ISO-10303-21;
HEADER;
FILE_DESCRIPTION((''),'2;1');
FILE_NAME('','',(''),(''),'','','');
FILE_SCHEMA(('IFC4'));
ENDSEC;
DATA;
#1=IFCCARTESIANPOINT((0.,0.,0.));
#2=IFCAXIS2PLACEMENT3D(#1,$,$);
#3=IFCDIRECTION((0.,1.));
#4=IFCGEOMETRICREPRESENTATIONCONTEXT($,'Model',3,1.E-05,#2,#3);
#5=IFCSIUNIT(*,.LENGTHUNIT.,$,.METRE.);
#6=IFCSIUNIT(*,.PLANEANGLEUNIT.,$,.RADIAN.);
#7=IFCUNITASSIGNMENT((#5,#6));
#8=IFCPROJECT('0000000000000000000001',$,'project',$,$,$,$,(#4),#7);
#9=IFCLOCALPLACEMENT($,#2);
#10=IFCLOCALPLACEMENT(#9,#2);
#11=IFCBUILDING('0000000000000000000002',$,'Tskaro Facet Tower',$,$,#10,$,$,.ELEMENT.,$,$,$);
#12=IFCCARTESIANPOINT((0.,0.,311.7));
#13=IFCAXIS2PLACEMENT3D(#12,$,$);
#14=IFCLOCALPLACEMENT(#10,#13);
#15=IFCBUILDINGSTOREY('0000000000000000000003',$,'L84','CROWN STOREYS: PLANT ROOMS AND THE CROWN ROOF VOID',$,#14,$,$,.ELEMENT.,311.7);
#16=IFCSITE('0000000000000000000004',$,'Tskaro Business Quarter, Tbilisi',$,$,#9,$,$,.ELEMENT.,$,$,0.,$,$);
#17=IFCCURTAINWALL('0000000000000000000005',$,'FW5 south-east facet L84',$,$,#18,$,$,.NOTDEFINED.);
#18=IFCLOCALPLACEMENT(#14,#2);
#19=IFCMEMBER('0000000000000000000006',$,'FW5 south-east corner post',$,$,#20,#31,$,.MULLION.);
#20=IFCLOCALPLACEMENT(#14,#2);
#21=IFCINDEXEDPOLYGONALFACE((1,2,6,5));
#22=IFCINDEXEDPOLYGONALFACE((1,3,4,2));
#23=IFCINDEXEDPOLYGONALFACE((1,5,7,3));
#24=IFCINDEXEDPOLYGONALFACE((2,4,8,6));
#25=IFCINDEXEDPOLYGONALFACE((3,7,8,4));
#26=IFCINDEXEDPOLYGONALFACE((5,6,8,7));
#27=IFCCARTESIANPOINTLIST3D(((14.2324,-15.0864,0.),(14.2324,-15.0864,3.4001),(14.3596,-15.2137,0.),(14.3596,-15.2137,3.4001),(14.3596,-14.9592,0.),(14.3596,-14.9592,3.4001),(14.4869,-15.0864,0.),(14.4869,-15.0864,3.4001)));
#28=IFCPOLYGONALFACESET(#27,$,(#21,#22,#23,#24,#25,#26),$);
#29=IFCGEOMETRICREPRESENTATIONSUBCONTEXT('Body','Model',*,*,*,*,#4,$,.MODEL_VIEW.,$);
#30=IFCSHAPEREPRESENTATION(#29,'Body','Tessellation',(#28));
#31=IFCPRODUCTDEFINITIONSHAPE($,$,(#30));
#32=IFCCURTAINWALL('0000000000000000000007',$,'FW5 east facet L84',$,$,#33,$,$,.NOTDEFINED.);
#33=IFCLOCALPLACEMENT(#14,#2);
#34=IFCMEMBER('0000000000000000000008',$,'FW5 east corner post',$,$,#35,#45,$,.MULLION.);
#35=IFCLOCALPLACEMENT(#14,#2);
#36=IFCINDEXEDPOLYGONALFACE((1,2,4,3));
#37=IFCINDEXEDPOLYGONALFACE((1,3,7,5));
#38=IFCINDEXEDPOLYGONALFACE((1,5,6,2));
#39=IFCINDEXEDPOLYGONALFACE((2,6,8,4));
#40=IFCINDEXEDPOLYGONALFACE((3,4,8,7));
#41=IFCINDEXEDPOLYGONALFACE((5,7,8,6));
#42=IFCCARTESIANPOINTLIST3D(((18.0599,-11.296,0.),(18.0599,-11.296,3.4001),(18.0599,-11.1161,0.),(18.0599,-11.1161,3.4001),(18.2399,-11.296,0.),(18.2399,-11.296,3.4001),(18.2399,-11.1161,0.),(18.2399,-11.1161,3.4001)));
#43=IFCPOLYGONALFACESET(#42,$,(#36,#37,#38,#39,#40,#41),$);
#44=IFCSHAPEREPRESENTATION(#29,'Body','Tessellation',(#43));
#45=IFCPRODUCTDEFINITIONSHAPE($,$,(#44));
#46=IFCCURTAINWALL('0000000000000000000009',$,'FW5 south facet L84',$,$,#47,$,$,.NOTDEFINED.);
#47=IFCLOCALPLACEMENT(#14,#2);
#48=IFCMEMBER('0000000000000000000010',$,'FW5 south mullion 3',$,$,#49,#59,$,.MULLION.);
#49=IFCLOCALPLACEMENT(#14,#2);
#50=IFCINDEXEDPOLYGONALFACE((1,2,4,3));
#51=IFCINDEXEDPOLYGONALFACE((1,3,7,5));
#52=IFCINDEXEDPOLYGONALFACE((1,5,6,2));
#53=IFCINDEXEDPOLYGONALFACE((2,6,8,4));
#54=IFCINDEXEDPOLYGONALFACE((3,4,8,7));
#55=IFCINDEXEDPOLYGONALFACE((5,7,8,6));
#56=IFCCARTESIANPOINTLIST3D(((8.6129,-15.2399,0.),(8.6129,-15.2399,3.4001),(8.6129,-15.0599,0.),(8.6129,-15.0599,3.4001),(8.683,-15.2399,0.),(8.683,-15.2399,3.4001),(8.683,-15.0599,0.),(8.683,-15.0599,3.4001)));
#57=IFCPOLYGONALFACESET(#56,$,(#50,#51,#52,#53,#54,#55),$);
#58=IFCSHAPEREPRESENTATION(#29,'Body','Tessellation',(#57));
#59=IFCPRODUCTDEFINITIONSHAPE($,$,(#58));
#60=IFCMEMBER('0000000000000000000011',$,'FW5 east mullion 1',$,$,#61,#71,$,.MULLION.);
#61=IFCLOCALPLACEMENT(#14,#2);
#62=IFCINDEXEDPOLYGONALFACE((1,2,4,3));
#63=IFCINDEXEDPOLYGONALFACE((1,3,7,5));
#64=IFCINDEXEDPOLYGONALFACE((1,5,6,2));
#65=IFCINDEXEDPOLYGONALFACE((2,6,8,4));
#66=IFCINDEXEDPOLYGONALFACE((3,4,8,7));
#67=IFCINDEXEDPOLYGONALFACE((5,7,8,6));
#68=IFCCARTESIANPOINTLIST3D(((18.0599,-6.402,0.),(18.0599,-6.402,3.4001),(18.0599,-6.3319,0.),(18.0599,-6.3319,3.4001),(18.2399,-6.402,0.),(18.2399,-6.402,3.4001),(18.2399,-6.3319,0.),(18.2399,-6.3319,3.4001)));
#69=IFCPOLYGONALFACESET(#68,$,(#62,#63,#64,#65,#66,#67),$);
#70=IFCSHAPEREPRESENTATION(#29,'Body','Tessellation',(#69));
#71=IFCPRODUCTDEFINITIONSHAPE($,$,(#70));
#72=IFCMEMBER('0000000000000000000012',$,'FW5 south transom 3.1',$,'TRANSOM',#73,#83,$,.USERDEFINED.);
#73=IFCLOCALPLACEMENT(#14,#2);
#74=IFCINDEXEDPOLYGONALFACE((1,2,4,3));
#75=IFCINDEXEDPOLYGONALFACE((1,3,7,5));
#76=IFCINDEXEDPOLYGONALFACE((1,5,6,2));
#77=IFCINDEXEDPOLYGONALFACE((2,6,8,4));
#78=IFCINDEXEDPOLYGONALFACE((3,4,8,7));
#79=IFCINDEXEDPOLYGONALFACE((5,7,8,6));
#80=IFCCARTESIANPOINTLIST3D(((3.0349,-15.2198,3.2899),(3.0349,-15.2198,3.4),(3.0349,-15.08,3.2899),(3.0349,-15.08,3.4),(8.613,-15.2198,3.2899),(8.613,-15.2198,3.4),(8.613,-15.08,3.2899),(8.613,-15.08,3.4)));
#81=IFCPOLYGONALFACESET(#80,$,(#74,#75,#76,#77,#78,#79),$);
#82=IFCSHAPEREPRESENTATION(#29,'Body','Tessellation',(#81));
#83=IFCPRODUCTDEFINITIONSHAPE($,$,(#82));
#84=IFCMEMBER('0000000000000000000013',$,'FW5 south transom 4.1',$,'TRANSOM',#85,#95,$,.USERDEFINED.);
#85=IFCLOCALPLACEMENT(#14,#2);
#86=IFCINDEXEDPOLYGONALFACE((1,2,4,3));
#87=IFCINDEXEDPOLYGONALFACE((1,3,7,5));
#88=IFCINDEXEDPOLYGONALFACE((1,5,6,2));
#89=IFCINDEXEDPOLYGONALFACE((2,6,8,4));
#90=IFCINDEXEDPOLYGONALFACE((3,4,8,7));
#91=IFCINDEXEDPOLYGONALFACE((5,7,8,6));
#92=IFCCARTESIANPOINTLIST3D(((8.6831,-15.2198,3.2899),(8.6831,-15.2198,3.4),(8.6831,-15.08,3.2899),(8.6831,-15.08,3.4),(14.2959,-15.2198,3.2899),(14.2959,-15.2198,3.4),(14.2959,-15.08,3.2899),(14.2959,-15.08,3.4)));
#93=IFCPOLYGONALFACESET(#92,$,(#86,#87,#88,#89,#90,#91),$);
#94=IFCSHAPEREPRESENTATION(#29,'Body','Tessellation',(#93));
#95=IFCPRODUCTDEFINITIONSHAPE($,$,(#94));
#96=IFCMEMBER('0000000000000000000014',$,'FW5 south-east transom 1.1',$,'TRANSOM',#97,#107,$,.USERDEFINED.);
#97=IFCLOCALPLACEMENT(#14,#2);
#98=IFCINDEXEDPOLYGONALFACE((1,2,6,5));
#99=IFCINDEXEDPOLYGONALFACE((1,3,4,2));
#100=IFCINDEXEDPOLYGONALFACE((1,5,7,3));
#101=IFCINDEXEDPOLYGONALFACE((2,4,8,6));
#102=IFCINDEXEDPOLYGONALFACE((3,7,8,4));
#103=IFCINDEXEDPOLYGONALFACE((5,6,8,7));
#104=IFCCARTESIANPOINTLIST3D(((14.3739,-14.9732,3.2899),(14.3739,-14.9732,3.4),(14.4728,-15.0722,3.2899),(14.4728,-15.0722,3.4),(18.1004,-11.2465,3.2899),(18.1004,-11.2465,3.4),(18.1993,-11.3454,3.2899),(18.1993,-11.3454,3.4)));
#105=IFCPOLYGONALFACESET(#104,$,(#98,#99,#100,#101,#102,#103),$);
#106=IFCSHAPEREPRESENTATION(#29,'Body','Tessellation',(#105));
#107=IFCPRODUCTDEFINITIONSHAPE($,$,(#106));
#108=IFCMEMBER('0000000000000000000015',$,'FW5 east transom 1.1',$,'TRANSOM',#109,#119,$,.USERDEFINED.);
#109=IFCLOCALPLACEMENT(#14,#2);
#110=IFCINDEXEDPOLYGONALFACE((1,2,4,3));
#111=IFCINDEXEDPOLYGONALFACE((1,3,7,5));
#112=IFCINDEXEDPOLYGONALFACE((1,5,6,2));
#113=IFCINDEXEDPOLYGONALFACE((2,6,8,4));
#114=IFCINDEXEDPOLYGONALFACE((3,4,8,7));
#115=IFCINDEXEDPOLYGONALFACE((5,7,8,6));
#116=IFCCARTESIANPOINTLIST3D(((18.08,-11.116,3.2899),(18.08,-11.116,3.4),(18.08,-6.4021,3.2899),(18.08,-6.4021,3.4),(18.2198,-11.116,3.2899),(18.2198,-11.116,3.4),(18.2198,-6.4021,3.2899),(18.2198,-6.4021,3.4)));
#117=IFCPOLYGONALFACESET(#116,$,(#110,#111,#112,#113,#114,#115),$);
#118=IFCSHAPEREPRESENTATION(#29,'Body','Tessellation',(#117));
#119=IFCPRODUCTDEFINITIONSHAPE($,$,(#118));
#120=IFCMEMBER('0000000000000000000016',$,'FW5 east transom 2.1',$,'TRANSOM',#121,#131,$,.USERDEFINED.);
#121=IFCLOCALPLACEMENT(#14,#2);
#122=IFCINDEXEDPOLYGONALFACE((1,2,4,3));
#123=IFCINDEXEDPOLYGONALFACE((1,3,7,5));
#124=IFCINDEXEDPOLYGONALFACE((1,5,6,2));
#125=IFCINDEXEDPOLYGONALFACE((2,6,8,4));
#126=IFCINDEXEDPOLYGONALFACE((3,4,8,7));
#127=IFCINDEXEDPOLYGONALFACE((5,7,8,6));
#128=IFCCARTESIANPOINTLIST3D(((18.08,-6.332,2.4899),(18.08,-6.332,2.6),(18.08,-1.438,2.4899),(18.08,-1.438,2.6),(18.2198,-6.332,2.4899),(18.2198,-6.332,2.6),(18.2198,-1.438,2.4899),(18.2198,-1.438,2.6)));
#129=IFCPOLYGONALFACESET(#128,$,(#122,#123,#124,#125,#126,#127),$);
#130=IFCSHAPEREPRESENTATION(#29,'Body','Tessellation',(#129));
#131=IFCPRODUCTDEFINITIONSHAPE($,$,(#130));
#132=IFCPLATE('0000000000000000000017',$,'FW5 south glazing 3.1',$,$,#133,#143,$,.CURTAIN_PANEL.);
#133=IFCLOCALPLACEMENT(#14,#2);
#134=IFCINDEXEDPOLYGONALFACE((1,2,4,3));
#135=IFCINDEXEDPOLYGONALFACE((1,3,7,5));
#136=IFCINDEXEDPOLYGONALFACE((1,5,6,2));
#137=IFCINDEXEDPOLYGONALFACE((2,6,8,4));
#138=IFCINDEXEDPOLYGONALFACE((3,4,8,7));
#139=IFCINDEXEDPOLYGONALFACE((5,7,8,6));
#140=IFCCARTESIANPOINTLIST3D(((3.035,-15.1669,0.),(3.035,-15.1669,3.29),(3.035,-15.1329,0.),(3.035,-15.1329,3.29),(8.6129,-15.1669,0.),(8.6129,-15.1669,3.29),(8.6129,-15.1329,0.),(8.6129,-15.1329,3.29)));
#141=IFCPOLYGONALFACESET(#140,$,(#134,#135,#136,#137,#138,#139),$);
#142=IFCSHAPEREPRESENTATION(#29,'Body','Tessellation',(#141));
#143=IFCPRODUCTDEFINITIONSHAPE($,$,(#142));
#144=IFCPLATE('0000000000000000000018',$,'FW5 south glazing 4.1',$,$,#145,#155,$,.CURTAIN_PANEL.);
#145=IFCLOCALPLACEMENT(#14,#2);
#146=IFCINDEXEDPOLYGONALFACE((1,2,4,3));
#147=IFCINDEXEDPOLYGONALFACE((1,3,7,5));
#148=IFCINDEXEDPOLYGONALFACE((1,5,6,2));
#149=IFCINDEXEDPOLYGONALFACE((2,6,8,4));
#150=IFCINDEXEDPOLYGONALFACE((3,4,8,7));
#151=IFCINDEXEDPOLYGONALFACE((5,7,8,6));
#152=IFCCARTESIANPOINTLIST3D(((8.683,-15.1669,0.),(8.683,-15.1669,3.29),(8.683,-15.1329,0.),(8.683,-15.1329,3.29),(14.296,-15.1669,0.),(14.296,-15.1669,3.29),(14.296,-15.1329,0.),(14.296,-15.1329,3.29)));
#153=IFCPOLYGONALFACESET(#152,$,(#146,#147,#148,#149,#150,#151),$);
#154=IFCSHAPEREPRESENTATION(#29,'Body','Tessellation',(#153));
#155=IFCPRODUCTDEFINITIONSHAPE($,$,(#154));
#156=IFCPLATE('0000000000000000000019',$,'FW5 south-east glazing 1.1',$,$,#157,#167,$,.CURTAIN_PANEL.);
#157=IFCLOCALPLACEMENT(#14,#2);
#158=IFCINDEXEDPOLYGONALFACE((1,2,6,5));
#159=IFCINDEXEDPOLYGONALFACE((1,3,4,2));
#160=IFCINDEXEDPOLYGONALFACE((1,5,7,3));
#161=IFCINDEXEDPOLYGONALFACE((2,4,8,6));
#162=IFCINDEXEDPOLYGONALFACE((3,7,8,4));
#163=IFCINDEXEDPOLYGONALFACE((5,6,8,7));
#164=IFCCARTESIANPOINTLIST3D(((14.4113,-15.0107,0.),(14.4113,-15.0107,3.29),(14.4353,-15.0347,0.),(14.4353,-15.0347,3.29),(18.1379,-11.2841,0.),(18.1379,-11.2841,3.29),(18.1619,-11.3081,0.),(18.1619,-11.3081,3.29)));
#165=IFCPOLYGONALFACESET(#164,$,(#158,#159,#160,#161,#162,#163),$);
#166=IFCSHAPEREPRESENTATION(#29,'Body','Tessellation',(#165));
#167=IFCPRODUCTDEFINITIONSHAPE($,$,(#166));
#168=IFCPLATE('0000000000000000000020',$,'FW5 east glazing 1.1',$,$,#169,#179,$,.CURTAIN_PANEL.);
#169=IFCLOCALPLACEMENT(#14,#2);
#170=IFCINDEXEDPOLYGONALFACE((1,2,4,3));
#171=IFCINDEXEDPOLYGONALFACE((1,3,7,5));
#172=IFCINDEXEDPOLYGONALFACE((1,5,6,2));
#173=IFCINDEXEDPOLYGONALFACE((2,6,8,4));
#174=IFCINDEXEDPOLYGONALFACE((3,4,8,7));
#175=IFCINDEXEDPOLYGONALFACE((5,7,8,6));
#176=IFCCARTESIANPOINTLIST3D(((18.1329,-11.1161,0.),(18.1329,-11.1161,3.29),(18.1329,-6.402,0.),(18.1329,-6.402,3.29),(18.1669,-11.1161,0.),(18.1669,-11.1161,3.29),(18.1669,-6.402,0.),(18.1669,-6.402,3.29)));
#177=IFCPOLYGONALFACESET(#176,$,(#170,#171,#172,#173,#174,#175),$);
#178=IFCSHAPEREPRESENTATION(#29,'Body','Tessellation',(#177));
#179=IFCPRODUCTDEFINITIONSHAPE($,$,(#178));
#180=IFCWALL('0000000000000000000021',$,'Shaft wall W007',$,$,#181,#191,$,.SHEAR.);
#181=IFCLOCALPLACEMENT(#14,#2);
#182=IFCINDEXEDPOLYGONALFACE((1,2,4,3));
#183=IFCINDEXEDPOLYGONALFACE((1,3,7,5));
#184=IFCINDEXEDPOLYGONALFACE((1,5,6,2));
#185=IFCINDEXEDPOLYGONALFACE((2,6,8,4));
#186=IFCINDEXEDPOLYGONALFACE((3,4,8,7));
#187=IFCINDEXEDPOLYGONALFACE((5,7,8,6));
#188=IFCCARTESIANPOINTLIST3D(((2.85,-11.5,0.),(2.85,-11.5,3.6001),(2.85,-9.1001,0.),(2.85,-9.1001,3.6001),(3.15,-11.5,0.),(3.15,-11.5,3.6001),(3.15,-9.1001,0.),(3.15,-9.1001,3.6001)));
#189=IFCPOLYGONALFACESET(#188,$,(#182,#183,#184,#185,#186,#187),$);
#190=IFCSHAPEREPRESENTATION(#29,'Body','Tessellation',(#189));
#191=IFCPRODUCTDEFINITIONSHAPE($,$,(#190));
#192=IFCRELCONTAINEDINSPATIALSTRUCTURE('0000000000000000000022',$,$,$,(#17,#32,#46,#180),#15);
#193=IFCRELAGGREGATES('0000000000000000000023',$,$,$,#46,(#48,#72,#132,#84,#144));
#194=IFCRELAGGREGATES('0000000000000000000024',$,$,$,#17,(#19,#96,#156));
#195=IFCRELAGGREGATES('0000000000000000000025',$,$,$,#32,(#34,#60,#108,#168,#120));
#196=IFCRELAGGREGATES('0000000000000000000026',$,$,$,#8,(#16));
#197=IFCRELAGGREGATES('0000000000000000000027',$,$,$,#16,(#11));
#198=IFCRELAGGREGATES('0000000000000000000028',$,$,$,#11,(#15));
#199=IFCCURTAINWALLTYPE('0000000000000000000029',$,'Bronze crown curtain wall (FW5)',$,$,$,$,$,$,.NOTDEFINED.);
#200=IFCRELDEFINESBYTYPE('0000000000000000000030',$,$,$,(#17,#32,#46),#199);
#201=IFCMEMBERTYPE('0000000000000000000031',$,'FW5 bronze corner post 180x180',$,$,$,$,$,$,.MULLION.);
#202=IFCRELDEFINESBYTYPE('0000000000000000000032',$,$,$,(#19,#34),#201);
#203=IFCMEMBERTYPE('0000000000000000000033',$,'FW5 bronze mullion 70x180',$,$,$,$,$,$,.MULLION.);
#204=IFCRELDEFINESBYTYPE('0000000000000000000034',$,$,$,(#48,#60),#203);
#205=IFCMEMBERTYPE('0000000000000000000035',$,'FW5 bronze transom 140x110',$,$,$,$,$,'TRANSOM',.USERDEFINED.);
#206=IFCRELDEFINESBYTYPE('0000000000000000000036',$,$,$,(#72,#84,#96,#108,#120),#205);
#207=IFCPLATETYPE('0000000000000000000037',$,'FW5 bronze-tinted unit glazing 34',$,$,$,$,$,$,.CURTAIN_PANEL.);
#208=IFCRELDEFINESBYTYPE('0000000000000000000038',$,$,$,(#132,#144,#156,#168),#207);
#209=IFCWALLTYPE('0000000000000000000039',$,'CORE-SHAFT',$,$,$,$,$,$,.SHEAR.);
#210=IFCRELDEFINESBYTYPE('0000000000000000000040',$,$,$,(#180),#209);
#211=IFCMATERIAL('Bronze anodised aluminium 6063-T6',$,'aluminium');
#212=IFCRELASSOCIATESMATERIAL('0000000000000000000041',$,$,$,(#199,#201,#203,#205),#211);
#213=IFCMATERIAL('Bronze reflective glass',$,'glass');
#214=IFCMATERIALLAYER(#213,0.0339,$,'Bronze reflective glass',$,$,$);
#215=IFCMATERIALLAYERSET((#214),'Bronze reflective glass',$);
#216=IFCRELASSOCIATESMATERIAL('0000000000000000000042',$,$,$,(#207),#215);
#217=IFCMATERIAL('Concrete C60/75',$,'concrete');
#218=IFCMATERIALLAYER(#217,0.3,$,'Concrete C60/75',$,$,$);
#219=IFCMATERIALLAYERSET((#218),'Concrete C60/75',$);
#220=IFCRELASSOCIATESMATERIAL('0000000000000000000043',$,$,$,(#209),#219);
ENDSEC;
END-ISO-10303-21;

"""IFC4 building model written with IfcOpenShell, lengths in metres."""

from ifc_helpers import new_model, si_unit, direction, frame, frame_2d, origin, origin_2d, place, context, subcontext, project, spatial, rectangle, extrude, material, layer, layer_set, material_profile, profile_set, type_object, element, aggregate, save


model = new_model("IFC4")

# Units and contexts
model_context = context("Model", 3, precision=1e-05, world=origin(), true_north=direction((0.0, 1.0)))
body_context = subcontext(model_context, "Body", "Model", "MODEL_VIEW")
ifc_project = project(units=[si_unit("LENGTHUNIT", "METRE"), si_unit("PLANEANGLEUNIT", "RADIAN")], contexts=[model_context])

# Site, building, storey
site_placement = place(None, origin())
site = spatial("IfcSite", under=ifc_project, at=site_placement, Name="Tskaro Business Quarter, Tbilisi", CompositionType="ELEMENT", RefElevation=0.0)
building_placement = place(site_placement, origin())
building = spatial("IfcBuilding", under=site, at=building_placement, Name="Tskaro Facet Tower", CompositionType="ELEMENT")
storey_placement = place(building_placement, frame((0.0, 0.0, 311.7)))
storey = spatial("IfcBuildingStorey", under=building, at=storey_placement, Name="L84", Description="CROWN STOREYS: PLANT ROOMS AND THE CROWN ROOF VOID", CompositionType="ELEMENT", Elevation=311.7)

# Curtain walls, members
ifc_material_1 = material(Name="Bronze anodised aluminium 6063-T6", Category="aluminium")
curtain_wall_type = type_object("IfcCurtainWallType", Name="Bronze crown curtain wall (FW5)", PredefinedType="NOTDEFINED", material=ifc_material_1)
curtain_wall_1_placement = place(storey_placement, origin())
curtain_wall_1 = element("IfcCurtainWall", 1, at=curtain_wall_1_placement, inside=storey, type_object=curtain_wall_type, Name="FW5 south-east facet L84", PredefinedType="NOTDEFINED")
ifc_material_profile_1 = material_profile(ifc_material_1, rectangle(XDim=0.1799, YDim=0.1799, at=origin_2d()), Name="Corner post 180x180")
ifc_profile_set_1 = profile_set([ifc_material_profile_1], Name="Bronze anodised aluminium 6063-T6")
member_type_1 = type_object("IfcMemberType", Name="FW5 bronze corner post 180x180", PredefinedType="MULLION", material=ifc_profile_set_1)
member_1_placement = place(storey_placement, frame((14.3596, -15.0864, 0.0), z_axis=(0.0, 0.0, 1.0), x_axis=(0.707107, 0.707107, 0.0)))
member_1 = element("IfcMember", 2, at=member_1_placement, type_object=member_type_1, Name="FW5 south-east corner post", PredefinedType="MULLION", context=body_context, shape_type="SweptSolid", body=[
    extrude(rectangle(XDim=0.1799, YDim=0.1799, at=origin_2d()), origin(), (0.0, 0.0, 1.0), 3.4001),
])
curtain_wall_2_placement = place(storey_placement, origin())
curtain_wall_2 = element("IfcCurtainWall", 3, at=curtain_wall_2_placement, inside=storey, type_object=curtain_wall_type, Name="FW5 east facet L84", PredefinedType="NOTDEFINED")
member_2_placement = place(storey_placement, frame((18.1499, -11.2061, 0.0), z_axis=(0.0, 0.0, 1.0), x_axis=(0.0, 1.0, 0.0)))
member_2 = element("IfcMember", 4, at=member_2_placement, type_object=member_type_1, Name="FW5 east corner post", PredefinedType="MULLION", context=body_context, shape_type="SweptSolid", body=[
    extrude(rectangle(XDim=0.1799, YDim=0.1799, at=origin_2d()), origin(), (0.0, 0.0, 1.0), 3.4001),
])
curtain_wall_3_placement = place(storey_placement, origin())
curtain_wall_3 = element("IfcCurtainWall", 5, at=curtain_wall_3_placement, inside=storey, type_object=curtain_wall_type, Name="FW5 south facet L84", PredefinedType="NOTDEFINED")
ifc_material_profile_2 = material_profile(ifc_material_1, rectangle(XDim=0.0701, YDim=0.1799, at=origin_2d()), Name="Mullion 70x180")
ifc_profile_set_2 = profile_set([ifc_material_profile_2], Name="Bronze anodised aluminium 6063-T6")
member_type_2 = type_object("IfcMemberType", Name="FW5 bronze mullion 70x180", PredefinedType="MULLION", material=ifc_profile_set_2)
member_3_placement = place(storey_placement, frame((8.6479, -15.1499, 0.0), z_axis=(0.0, 0.0, 1.0), x_axis=(1.0, 0.0, 0.0)))
member_3 = element("IfcMember", 6, at=member_3_placement, type_object=member_type_2, Name="FW5 south mullion 3", PredefinedType="MULLION", context=body_context, shape_type="SweptSolid", body=[
    extrude(rectangle(XDim=0.0701, YDim=0.1799, at=origin_2d()), origin(), (0.0, 0.0, 1.0), 3.4001),
])

# Members
member_4_placement = place(storey_placement, frame((18.1499, -6.3669, 0.0), z_axis=(0.0, 0.0, 1.0), x_axis=(0.0, 1.0, 0.0)))
member_4 = element("IfcMember", 7, at=member_4_placement, type_object=member_type_2, Name="FW5 east mullion 1", PredefinedType="MULLION", context=body_context, shape_type="SweptSolid", body=[
    extrude(rectangle(XDim=0.0701, YDim=0.1799, at=origin_2d()), origin(), (0.0, 0.0, 1.0), 3.4001),
])
ifc_material_profile_3 = material_profile(ifc_material_1, rectangle(XDim=0.1399, YDim=0.1101, at=origin_2d()), Name="Transom 140x110")
ifc_profile_set_3 = profile_set([ifc_material_profile_3], Name="Bronze anodised aluminium 6063-T6")
member_type_3 = type_object("IfcMemberType", Name="FW5 bronze transom 140x110", ElementType="TRANSOM", PredefinedType="USERDEFINED", material=ifc_profile_set_3)
member_5_placement = place(storey_placement, frame((3.0349, -15.1499, 3.345), z_axis=(1.0, 0.0, 0.0), x_axis=(0.0, 1.0, 0.0)))
member_5 = element("IfcMember", 8, at=member_5_placement, type_object=member_type_3, Name="FW5 south transom 3.1", ObjectType="TRANSOM", PredefinedType="USERDEFINED", context=body_context, shape_type="SweptSolid", body=[
    extrude(rectangle(XDim=0.1399, YDim=0.1101, at=origin_2d()), origin(), (0.0, 0.0, 1.0), 5.5781),
])
member_6_placement = place(storey_placement, frame((8.6831, -15.1499, 3.345), z_axis=(1.0, 0.0, 0.0), x_axis=(0.0, 1.0, 0.0)))
member_6 = element("IfcMember", 9, at=member_6_placement, type_object=member_type_3, Name="FW5 south transom 4.1", ObjectType="TRANSOM", PredefinedType="USERDEFINED", context=body_context, shape_type="SweptSolid", body=[
    extrude(rectangle(XDim=0.1399, YDim=0.1101, at=origin_2d()), origin(), (0.0, 0.0, 1.0), 5.6128),
])
member_7_placement = place(storey_placement, frame((14.4233, -15.0227, 3.345), z_axis=(0.707084, 0.70713, 0.0), x_axis=(-0.70713, 0.707084, 0.0)))
member_7 = element("IfcMember", 10, at=member_7_placement, type_object=member_type_3, Name="FW5 south-east transom 1.1", ObjectType="TRANSOM", PredefinedType="USERDEFINED", context=body_context, shape_type="SweptSolid", body=[
    extrude(rectangle(XDim=0.1399, YDim=0.1101, at=origin_2d()), origin(), (0.0, 0.0, 1.0), 5.2703),
])
member_8_placement = place(storey_placement, frame((18.1499, -11.116, 3.345), z_axis=(0.0, 1.0, 0.0), x_axis=(-1.0, 0.0, 0.0)))
member_8 = element("IfcMember", 11, at=member_8_placement, type_object=member_type_3, Name="FW5 east transom 1.1", ObjectType="TRANSOM", PredefinedType="USERDEFINED", context=body_context, shape_type="SweptSolid", body=[
    extrude(rectangle(XDim=0.1399, YDim=0.1101, at=origin_2d()), origin(), (0.0, 0.0, 1.0), 4.7139),
])
member_9_placement = place(storey_placement, frame((18.1499, -6.332, 2.5449), z_axis=(0.0, 1.0, 0.0), x_axis=(-1.0, 0.0, 0.0)))
member_9 = element("IfcMember", 12, at=member_9_placement, type_object=member_type_3, Name="FW5 east transom 2.1", ObjectType="TRANSOM", PredefinedType="USERDEFINED", context=body_context, shape_type="SweptSolid", body=[
    extrude(rectangle(XDim=0.1399, YDim=0.1101, at=origin_2d()), origin(), (0.0, 0.0, 1.0), 4.894),
])

# Plates
ifc_material_2 = material(Name="Bronze reflective glass", Category="glass")
ifc_layer_1 = layer(ifc_material_2, 0.0339, Name="Bronze reflective glass")
ifc_layer_set_1 = layer_set([ifc_layer_1], Name="Bronze reflective glass")
plate_type = type_object("IfcPlateType", Name="FW5 bronze-tinted unit glazing 34", PredefinedType="CURTAIN_PANEL", material=ifc_layer_set_1)
plate_1_placement = place(storey_placement, frame((5.824, -15.1499, 0.0), z_axis=(0.0, 0.0, 1.0), x_axis=(1.0, 0.0, 0.0)))
plate_1 = element("IfcPlate", 13, at=plate_1_placement, type_object=plate_type, Name="FW5 south glazing 3.1", PredefinedType="CURTAIN_PANEL", context=body_context, shape_type="SweptSolid", body=[
    extrude(rectangle(XDim=5.5779, YDim=0.0339, at=origin_2d()), origin(), (0.0, 0.0, 1.0), 3.29),
])
plate_2_placement = place(storey_placement, frame((11.4895, -15.1499, 0.0), z_axis=(0.0, 0.0, 1.0), x_axis=(1.0, 0.0, 0.0)))
plate_2 = element("IfcPlate", 14, at=plate_2_placement, type_object=plate_type, Name="FW5 south glazing 4.1", PredefinedType="CURTAIN_PANEL", context=body_context, shape_type="SweptSolid", body=[
    extrude(rectangle(XDim=5.613, YDim=0.0339, at=origin_2d()), origin(), (0.0, 0.0, 1.0), 3.29),
])
aggregate(curtain_wall_3, [member_3, member_5, plate_1, member_6, plate_2])
plate_3_placement = place(storey_placement, frame((16.2866, -13.1594, 0.0), z_axis=(0.0, 0.0, 1.0), x_axis=(0.707107, 0.707107, 0.0)))
plate_3 = element("IfcPlate", 15, at=plate_3_placement, type_object=plate_type, Name="FW5 south-east glazing 1.1", PredefinedType="CURTAIN_PANEL", context=body_context, shape_type="SweptSolid", body=[
    extrude(rectangle(XDim=5.2703, YDim=0.0339, at=origin_2d()), origin(), (0.0, 0.0, 1.0), 3.29),
])
aggregate(curtain_wall_1, [member_1, member_7, plate_3])
plate_4_placement = place(storey_placement, frame((18.1499, -8.759, 0.0), z_axis=(0.0, 0.0, 1.0), x_axis=(0.0, 1.0, 0.0)))
plate_4 = element("IfcPlate", 16, at=plate_4_placement, type_object=plate_type, Name="FW5 east glazing 1.1", PredefinedType="CURTAIN_PANEL", context=body_context, shape_type="SweptSolid", body=[
    extrude(rectangle(XDim=4.7141, YDim=0.0339, at=origin_2d()), origin(), (0.0, 0.0, 1.0), 3.29),
])
aggregate(curtain_wall_2, [member_2, member_4, member_8, plate_4, member_9])

# Wall
ifc_material_3 = material(Name="Concrete C60/75", Category="concrete")
ifc_layer_2 = layer(ifc_material_3, 0.3, Name="Concrete C60/75")
ifc_layer_set_2 = layer_set([ifc_layer_2], Name="Concrete C60/75")
wall_type_1 = type_object("IfcWallType", Name="CORE-SHAFT", PredefinedType="SHEAR", material=ifc_layer_set_2)
wall_1_placement = place(storey_placement, frame((3.0, -11.5, 0.0), z_axis=(0.0, 0.0, 1.0), x_axis=(0.0, 1.0, 0.0)))
element("IfcWall", 17, at=wall_1_placement, inside=storey, type_object=wall_type_1, Name="Shaft wall W007", PredefinedType="SHEAR", context=body_context, shape_type="SweptSolid", body=[
    extrude(rectangle(XDim=2.3999, YDim=0.3, at=frame_2d((1.2, 0.0))), origin(), (0.0, 0.0, 1.0), 3.6001),
])

save(model, "model.ifc")
